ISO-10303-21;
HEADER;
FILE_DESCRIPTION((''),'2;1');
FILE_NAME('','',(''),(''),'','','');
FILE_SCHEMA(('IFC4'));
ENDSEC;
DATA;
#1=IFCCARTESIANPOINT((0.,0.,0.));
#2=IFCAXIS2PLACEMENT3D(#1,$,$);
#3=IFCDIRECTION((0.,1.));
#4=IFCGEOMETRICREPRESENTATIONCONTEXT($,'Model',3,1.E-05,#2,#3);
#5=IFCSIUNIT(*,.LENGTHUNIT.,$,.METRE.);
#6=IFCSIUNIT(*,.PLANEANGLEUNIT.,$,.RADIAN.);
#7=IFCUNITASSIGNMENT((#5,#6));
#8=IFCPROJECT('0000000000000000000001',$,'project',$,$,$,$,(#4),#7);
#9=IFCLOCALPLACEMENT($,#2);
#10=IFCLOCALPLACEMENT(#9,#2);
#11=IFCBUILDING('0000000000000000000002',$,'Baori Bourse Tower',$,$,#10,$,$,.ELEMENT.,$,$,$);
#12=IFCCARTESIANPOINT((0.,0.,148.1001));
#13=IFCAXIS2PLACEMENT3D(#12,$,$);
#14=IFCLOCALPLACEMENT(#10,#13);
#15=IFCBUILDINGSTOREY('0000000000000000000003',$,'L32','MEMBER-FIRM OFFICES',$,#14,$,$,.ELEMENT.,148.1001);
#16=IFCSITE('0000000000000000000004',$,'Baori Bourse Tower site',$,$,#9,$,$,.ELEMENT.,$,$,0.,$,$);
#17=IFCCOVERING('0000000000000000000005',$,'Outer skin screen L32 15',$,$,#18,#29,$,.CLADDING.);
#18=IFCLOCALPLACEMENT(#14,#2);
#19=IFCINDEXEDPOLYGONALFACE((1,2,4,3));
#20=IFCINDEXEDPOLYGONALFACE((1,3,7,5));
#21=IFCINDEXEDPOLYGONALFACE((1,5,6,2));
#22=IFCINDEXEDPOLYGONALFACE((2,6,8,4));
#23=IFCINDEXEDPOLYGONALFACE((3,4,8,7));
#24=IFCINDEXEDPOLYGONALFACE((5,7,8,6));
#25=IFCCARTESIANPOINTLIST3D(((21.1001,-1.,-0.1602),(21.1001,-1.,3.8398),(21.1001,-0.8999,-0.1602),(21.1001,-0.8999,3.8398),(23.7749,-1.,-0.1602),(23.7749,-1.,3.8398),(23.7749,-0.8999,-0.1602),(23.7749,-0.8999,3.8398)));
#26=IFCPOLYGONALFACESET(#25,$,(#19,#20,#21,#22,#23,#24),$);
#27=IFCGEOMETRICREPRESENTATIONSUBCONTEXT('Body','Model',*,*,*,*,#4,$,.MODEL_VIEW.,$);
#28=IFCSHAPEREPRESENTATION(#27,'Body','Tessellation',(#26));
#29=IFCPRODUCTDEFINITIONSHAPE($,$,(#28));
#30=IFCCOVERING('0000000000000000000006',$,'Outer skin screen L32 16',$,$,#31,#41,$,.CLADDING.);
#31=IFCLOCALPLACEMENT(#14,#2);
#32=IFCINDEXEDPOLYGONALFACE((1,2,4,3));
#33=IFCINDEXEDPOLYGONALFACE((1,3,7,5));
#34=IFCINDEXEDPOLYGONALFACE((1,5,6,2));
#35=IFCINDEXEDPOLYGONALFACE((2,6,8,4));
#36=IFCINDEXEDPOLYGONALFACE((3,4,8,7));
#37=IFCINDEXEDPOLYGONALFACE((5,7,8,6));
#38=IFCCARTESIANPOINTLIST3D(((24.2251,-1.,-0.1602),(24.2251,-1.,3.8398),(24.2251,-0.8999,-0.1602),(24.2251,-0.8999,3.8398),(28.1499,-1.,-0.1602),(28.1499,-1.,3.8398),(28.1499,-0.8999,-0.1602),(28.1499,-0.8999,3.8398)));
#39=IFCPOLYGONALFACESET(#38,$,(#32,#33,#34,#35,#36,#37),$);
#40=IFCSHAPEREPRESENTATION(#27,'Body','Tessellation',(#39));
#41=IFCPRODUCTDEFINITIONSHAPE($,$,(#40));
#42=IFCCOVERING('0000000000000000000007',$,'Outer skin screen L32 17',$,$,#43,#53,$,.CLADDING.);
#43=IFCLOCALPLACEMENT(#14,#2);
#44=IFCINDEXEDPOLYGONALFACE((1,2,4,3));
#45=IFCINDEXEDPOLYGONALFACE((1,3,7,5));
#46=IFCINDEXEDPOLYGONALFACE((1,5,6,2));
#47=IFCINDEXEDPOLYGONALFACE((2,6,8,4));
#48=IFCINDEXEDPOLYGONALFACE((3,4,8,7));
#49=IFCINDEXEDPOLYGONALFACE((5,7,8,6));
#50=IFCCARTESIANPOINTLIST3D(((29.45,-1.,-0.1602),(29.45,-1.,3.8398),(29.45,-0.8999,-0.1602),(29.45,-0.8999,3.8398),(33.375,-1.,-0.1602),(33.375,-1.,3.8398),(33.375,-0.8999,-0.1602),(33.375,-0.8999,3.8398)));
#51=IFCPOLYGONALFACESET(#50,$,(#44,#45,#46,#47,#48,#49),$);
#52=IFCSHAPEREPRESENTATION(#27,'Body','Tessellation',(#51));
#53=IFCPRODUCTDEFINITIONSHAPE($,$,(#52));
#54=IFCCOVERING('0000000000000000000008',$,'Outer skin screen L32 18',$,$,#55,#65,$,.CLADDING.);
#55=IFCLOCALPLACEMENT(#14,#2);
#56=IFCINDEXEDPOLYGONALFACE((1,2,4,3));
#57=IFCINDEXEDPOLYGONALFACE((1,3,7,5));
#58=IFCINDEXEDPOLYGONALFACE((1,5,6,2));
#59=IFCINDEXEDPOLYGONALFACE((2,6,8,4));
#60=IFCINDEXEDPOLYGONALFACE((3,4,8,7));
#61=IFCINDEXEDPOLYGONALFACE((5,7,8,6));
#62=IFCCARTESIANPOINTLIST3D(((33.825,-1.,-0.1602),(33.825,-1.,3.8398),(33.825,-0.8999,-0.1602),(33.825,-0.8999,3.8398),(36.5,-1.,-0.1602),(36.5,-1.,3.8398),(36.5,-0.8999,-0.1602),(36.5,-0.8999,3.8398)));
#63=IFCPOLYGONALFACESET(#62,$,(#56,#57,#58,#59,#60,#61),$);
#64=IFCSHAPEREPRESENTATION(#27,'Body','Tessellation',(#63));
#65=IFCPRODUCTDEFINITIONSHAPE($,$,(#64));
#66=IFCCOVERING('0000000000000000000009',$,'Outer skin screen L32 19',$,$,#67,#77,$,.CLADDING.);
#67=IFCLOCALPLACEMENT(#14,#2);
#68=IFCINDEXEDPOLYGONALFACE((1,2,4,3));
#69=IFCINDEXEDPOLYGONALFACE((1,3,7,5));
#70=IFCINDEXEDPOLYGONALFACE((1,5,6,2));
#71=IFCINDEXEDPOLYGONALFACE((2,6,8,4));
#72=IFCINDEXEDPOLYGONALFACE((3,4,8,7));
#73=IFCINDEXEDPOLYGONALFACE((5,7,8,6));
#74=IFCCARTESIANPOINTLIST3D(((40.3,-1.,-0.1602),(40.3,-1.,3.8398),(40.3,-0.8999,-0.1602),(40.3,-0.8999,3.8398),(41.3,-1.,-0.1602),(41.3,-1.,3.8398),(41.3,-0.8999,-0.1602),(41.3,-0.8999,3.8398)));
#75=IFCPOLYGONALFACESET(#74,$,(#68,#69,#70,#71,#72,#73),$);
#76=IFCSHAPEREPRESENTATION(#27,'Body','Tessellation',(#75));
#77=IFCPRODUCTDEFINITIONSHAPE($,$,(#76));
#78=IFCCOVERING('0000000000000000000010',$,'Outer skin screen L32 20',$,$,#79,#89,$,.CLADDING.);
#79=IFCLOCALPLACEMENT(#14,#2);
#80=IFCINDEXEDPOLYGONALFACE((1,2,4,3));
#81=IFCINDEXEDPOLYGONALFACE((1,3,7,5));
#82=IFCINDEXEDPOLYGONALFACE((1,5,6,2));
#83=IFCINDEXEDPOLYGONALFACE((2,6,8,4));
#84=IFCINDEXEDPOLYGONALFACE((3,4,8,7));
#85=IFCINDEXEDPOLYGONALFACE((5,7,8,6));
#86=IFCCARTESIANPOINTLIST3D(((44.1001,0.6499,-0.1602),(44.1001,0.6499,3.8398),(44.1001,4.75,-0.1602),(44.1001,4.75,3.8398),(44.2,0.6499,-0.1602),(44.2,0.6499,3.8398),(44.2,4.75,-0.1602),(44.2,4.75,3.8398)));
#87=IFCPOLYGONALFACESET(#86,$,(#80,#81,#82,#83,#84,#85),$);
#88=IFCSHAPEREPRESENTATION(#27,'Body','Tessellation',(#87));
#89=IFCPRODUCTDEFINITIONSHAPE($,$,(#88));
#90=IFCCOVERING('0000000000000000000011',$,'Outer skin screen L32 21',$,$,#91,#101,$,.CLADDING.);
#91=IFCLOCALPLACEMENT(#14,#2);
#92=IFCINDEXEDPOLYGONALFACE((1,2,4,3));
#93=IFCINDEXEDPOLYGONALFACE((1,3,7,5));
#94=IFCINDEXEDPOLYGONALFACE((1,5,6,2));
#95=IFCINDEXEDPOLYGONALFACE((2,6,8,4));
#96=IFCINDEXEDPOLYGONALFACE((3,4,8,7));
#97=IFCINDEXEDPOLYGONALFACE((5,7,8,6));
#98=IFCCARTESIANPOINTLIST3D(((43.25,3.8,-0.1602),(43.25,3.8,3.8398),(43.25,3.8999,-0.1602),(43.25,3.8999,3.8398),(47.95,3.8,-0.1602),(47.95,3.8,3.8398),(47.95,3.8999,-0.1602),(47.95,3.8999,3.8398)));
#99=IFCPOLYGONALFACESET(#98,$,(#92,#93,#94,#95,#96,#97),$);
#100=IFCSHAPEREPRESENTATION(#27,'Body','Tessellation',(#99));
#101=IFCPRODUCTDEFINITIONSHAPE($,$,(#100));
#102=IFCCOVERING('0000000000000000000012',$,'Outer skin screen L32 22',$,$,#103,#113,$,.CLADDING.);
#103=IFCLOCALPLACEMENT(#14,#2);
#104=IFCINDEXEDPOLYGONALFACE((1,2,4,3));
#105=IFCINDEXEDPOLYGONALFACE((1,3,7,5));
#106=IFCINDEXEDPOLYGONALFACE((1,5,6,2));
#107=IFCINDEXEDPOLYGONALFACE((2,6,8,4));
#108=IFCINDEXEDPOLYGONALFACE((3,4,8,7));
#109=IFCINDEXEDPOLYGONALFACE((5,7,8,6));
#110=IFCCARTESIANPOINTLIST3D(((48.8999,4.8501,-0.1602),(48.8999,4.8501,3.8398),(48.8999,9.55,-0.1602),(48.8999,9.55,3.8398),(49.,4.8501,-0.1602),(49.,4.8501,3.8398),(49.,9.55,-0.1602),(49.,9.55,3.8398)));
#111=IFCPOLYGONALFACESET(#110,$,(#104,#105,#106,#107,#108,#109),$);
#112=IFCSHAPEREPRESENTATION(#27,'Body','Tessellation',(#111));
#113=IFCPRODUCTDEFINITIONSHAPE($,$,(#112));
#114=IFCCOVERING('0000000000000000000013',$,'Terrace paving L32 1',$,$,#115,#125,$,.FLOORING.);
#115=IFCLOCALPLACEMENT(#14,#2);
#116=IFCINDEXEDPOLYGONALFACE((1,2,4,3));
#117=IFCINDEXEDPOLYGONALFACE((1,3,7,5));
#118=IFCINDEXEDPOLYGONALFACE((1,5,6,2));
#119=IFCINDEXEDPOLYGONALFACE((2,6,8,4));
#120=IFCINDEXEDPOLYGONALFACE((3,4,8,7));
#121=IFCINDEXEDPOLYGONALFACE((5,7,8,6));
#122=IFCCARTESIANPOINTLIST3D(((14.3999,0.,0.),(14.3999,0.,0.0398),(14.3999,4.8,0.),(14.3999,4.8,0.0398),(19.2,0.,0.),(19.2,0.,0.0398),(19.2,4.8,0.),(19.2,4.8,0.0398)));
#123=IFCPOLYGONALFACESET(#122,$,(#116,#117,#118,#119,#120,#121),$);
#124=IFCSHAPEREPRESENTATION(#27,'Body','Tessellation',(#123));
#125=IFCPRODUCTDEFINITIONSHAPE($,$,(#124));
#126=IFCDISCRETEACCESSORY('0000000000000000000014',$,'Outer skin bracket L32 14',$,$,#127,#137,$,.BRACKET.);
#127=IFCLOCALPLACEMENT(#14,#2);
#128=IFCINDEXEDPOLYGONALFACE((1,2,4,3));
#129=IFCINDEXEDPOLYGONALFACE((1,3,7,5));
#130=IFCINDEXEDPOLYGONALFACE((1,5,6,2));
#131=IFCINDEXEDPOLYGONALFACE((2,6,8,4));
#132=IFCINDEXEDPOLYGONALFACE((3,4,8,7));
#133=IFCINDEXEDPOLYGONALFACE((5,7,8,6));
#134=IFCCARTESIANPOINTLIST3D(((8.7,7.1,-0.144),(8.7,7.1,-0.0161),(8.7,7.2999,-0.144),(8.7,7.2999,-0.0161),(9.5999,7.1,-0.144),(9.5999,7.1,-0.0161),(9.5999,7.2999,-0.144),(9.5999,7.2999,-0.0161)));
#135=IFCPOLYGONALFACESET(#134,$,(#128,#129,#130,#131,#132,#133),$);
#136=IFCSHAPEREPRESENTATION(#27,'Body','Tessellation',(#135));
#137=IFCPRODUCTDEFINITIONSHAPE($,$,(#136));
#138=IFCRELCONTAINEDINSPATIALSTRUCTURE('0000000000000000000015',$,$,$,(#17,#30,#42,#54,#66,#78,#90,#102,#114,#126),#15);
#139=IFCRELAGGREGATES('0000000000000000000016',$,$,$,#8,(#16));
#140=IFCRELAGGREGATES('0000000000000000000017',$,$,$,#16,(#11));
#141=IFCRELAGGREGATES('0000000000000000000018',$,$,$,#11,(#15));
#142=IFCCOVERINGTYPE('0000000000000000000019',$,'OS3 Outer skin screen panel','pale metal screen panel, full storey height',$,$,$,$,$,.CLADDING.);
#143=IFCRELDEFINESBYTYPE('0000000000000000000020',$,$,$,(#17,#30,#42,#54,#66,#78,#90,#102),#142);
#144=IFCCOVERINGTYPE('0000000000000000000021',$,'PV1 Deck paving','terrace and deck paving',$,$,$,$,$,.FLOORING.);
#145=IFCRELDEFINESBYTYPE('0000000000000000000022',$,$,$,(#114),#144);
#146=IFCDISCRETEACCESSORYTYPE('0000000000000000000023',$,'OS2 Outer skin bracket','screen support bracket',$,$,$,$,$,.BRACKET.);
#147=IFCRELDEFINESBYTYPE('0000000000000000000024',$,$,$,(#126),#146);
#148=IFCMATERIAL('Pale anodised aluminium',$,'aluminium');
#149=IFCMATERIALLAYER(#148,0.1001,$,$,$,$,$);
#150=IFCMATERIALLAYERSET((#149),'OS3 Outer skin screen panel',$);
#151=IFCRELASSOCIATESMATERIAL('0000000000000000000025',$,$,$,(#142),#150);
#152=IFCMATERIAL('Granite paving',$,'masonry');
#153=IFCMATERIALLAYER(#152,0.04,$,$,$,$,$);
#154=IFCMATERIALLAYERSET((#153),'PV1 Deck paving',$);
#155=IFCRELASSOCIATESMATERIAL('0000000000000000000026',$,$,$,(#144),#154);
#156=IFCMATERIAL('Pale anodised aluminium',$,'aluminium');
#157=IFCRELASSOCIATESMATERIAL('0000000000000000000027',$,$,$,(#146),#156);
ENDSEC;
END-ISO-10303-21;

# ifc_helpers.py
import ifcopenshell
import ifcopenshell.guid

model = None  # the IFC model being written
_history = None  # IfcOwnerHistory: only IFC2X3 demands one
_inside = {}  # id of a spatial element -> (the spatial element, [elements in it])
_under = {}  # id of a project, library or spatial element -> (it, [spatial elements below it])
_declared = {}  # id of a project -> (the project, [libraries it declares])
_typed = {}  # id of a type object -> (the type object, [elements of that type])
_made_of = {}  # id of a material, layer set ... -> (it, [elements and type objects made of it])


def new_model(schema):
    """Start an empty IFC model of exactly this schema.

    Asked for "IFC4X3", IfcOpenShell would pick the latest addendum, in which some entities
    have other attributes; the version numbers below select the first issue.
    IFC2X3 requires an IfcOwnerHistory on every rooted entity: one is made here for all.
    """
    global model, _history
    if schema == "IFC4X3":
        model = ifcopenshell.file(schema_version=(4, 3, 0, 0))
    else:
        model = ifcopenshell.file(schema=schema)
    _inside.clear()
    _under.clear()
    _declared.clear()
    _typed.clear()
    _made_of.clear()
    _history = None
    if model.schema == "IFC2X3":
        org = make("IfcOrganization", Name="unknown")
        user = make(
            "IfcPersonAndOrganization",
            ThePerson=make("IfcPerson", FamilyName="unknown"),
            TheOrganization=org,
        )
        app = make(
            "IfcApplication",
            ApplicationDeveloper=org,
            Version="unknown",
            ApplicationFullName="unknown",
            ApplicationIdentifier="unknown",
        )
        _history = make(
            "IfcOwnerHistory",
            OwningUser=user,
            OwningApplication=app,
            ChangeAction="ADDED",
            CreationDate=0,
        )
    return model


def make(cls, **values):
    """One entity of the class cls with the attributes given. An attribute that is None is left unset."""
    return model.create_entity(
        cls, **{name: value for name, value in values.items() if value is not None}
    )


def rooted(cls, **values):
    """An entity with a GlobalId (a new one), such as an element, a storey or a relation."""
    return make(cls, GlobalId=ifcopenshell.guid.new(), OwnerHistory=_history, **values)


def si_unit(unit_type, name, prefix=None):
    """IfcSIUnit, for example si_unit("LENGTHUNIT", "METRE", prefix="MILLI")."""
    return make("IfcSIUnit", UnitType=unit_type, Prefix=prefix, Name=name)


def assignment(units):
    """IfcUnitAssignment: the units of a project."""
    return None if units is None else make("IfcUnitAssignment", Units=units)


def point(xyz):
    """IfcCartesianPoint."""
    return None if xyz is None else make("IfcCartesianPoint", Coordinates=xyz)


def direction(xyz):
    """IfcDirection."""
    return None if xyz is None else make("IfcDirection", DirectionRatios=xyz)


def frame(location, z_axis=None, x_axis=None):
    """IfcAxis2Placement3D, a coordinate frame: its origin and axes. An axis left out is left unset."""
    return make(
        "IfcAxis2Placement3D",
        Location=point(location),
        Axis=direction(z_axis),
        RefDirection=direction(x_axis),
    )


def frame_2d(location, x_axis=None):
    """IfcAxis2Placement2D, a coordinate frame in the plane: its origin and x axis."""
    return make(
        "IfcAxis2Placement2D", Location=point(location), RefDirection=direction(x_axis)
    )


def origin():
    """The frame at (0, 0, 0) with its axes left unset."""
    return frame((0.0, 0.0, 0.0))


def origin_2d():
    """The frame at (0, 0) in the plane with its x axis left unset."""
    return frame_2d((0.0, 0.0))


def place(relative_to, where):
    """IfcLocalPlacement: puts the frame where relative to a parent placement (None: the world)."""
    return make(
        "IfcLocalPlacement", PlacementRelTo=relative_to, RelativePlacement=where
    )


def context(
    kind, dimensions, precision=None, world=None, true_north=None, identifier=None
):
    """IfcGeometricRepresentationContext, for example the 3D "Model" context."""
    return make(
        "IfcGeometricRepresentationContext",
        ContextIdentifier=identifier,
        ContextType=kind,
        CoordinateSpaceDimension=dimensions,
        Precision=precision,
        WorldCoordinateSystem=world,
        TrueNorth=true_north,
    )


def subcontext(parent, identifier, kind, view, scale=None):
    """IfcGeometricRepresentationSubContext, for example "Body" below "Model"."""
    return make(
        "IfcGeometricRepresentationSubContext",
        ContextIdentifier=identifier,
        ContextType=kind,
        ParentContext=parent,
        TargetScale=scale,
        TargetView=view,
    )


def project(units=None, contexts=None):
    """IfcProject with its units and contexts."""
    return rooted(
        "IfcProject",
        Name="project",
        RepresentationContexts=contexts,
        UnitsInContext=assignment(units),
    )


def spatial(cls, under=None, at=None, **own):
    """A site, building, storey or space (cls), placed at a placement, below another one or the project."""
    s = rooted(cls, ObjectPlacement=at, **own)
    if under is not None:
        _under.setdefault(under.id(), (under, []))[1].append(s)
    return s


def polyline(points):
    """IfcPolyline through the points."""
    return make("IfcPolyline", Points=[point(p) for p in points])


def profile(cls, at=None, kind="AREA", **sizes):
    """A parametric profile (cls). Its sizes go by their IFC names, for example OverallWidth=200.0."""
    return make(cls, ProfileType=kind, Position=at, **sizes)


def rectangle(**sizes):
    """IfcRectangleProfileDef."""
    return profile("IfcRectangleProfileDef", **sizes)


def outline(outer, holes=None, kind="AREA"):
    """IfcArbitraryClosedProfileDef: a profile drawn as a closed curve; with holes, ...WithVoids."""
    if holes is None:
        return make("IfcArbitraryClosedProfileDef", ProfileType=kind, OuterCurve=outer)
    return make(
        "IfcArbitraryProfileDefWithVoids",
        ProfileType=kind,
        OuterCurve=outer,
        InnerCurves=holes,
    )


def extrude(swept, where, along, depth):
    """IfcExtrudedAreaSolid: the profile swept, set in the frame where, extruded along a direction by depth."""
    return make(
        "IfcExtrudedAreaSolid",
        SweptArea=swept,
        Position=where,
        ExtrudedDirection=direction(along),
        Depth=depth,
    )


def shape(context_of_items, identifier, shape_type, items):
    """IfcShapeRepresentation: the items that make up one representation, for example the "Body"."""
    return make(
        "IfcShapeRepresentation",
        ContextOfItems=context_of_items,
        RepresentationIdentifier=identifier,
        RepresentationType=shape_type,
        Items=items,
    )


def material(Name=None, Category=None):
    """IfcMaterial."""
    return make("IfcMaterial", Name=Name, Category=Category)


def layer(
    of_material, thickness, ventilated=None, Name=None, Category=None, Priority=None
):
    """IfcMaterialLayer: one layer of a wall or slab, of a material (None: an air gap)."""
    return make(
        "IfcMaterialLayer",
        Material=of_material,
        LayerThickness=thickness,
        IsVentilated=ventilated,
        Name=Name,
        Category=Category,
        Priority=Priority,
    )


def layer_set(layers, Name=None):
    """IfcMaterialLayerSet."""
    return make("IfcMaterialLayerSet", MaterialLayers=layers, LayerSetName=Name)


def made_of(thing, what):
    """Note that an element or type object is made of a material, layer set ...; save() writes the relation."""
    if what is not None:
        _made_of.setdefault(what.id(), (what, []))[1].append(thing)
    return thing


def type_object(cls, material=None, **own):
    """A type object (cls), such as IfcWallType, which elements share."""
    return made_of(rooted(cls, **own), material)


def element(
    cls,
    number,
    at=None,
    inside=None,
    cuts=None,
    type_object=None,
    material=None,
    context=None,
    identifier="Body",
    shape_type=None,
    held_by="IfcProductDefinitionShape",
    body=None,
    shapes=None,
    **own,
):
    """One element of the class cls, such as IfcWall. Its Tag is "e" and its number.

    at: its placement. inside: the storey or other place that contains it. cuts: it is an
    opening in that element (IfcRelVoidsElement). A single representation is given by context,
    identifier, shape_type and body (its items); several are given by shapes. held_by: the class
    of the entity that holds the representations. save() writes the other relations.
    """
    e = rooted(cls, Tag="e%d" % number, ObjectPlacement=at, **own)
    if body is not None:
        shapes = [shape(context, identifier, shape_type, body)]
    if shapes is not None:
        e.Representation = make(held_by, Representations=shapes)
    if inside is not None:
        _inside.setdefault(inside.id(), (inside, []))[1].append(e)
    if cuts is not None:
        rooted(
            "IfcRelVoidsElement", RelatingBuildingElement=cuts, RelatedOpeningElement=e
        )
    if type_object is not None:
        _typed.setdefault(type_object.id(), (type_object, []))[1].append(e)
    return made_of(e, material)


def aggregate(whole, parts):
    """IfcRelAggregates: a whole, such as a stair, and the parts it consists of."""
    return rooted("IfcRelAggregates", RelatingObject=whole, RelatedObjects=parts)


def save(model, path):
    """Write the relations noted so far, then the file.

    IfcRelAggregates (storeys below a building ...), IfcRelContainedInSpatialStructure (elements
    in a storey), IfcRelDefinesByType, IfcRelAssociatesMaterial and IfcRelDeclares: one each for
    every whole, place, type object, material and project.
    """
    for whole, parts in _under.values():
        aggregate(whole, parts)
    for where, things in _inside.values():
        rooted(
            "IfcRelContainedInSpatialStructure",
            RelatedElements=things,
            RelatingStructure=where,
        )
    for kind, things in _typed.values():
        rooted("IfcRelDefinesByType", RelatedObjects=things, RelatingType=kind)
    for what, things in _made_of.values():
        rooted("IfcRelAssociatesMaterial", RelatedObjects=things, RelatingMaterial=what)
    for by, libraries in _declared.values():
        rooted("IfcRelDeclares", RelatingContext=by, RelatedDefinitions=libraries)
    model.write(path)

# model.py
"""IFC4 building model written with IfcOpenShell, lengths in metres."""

from ifc_helpers import new_model, si_unit, direction, frame, origin, origin_2d, place, context, subcontext, project, spatial, polyline, rectangle, outline, extrude, material, layer, layer_set, type_object, element, save


model = new_model("IFC4")

# Units and contexts
model_context = context("Model", 3, precision=1e-05, world=origin(), true_north=direction((0.0, 1.0)))
body_context = subcontext(model_context, "Body", "Model", "MODEL_VIEW")
ifc_project = project(units=[si_unit("LENGTHUNIT", "METRE"), si_unit("PLANEANGLEUNIT", "RADIAN")], contexts=[model_context])

# Site, building, storey
site_placement = place(None, origin())
site = spatial("IfcSite", under=ifc_project, at=site_placement, Name="Baori Bourse Tower site", CompositionType="ELEMENT", RefElevation=0.0)
building_placement = place(site_placement, origin())
building = spatial("IfcBuilding", under=site, at=building_placement, Name="Baori Bourse Tower", CompositionType="ELEMENT")
storey_placement = place(building_placement, frame((0.0, 0.0, 148.1001)))
storey = spatial("IfcBuildingStorey", under=building, at=storey_placement, Name="L32", Description="MEMBER-FIRM OFFICES", CompositionType="ELEMENT", Elevation=148.1001)

# Coverings
ifc_material_1 = material(Name="Pale anodised aluminium", Category="aluminium")
ifc_layer_1 = layer(ifc_material_1, 0.1001)
ifc_layer_set_1 = layer_set([ifc_layer_1], Name="OS3 Outer skin screen panel")
covering_type_1 = type_object("IfcCoveringType", Name="OS3 Outer skin screen panel", Description="pale metal screen panel, full storey height", PredefinedType="CLADDING", material=ifc_layer_set_1)
covering_1_placement = place(storey_placement, frame((0.0, 0.0, -0.1602)))
element("IfcCovering", 1, at=covering_1_placement, inside=storey, type_object=covering_type_1, Name="Outer skin screen L32 15", PredefinedType="CLADDING", context=body_context, shape_type="SweptSolid", body=[
    extrude(outline(polyline([(23.7749, -0.8999), (21.1001, -0.8999), (21.1001, -1.0), (23.7749, -1.0), (23.7749, -0.8999)])), origin(), (0.0, 0.0, 1.0), 4.0),
])
covering_2_placement = place(storey_placement, frame((0.0, 0.0, -0.1602)))
element("IfcCovering", 2, at=covering_2_placement, inside=storey, type_object=covering_type_1, Name="Outer skin screen L32 16", PredefinedType="CLADDING", context=body_context, shape_type="SweptSolid", body=[
    extrude(outline(polyline([(28.1499, -0.8999), (24.2251, -0.8999), (24.2251, -1.0), (28.1499, -1.0), (28.1499, -0.8999)])), origin(), (0.0, 0.0, 1.0), 4.0),
])
covering_3_placement = place(storey_placement, frame((0.0, 0.0, -0.1602)))
element("IfcCovering", 3, at=covering_3_placement, inside=storey, type_object=covering_type_1, Name="Outer skin screen L32 17", PredefinedType="CLADDING", context=body_context, shape_type="SweptSolid", body=[
    extrude(outline(polyline([(33.375, -0.8999), (29.45, -0.8999), (29.45, -1.0), (33.375, -1.0), (33.375, -0.8999)])), origin(), (0.0, 0.0, 1.0), 4.0),
])
covering_4_placement = place(storey_placement, frame((0.0, 0.0, -0.1602)))
element("IfcCovering", 4, at=covering_4_placement, inside=storey, type_object=covering_type_1, Name="Outer skin screen L32 18", PredefinedType="CLADDING", context=body_context, shape_type="SweptSolid", body=[
    extrude(outline(polyline([(36.5, -0.8999), (33.825, -0.8999), (33.825, -1.0), (36.5, -1.0), (36.5, -0.8999)])), origin(), (0.0, 0.0, 1.0), 4.0),
])
covering_5_placement = place(storey_placement, frame((0.0, 0.0, -0.1602)))
element("IfcCovering", 5, at=covering_5_placement, inside=storey, type_object=covering_type_1, Name="Outer skin screen L32 19", PredefinedType="CLADDING", context=body_context, shape_type="SweptSolid", body=[
    extrude(outline(polyline([(41.3, -0.8999), (40.3, -0.8999), (40.3, -1.0), (41.3, -1.0), (41.3, -0.8999)])), origin(), (0.0, 0.0, 1.0), 4.0),
])
covering_6_placement = place(storey_placement, frame((0.0, 0.0, -0.1602)))
element("IfcCovering", 6, at=covering_6_placement, inside=storey, type_object=covering_type_1, Name="Outer skin screen L32 20", PredefinedType="CLADDING", context=body_context, shape_type="SweptSolid", body=[
    extrude(outline(polyline([(44.1001, 4.75), (44.1001, 0.6499), (44.2, 0.6499), (44.2, 4.75), (44.1001, 4.75)])), origin(), (0.0, 0.0, 1.0), 4.0),
])
covering_7_placement = place(storey_placement, frame((0.0, 0.0, -0.1602)))
element("IfcCovering", 7, at=covering_7_placement, inside=storey, type_object=covering_type_1, Name="Outer skin screen L32 21", PredefinedType="CLADDING", context=body_context, shape_type="SweptSolid", body=[
    extrude(outline(polyline([(47.95, 3.8999), (43.25, 3.8999), (43.25, 3.8), (47.95, 3.8), (47.95, 3.8999)])), origin(), (0.0, 0.0, 1.0), 4.0),
])
covering_8_placement = place(storey_placement, frame((0.0, 0.0, -0.1602)))
element("IfcCovering", 8, at=covering_8_placement, inside=storey, type_object=covering_type_1, Name="Outer skin screen L32 22", PredefinedType="CLADDING", context=body_context, shape_type="SweptSolid", body=[
    extrude(outline(polyline([(48.8999, 9.55), (48.8999, 4.8501), (49.0, 4.8501), (49.0, 9.55), (48.8999, 9.55)])), origin(), (0.0, 0.0, 1.0), 4.0),
])
ifc_material_2 = material(Name="Granite paving", Category="masonry")
ifc_layer_2 = layer(ifc_material_2, 0.04)
ifc_layer_set_2 = layer_set([ifc_layer_2], Name="PV1 Deck paving")
covering_type_2 = type_object("IfcCoveringType", Name="PV1 Deck paving", Description="terrace and deck paving", PredefinedType="FLOORING", material=ifc_layer_set_2)
covering_9_placement = place(storey_placement, origin())
element("IfcCovering", 9, at=covering_9_placement, inside=storey, type_object=covering_type_2, Name="Terrace paving L32 1", PredefinedType="FLOORING", context=body_context, shape_type="SweptSolid", body=[
    extrude(outline(polyline([(19.2, 4.8), (14.3999, 4.8), (14.3999, 0.0), (19.2, 0.0), (19.2, 4.8)])), origin(), (0.0, 0.0, 1.0), 0.0398),
])

# Discrete accessory
ifc_material_3 = material(Name="Pale anodised aluminium", Category="aluminium")
discrete_accessory_type = type_object("IfcDiscreteAccessoryType", Name="OS2 Outer skin bracket", Description="screen support bracket", PredefinedType="BRACKET", material=ifc_material_3)
discrete_accessory_placement = place(storey_placement, frame((9.1499, 7.2, -0.144), z_axis=(0.0, 0.0, 1.0), x_axis=(0.0, -1.0, 0.0)))
element("IfcDiscreteAccessory", 10, at=discrete_accessory_placement, inside=storey, type_object=discrete_accessory_type, Name="Outer skin bracket L32 14", PredefinedType="BRACKET", context=body_context, shape_type="SweptSolid", body=[
    extrude(rectangle(XDim=0.2, YDim=0.8999, at=origin_2d()), origin(), (0.0, 0.0, 1.0), 0.1279),
])

save(model, "model.ifc")
